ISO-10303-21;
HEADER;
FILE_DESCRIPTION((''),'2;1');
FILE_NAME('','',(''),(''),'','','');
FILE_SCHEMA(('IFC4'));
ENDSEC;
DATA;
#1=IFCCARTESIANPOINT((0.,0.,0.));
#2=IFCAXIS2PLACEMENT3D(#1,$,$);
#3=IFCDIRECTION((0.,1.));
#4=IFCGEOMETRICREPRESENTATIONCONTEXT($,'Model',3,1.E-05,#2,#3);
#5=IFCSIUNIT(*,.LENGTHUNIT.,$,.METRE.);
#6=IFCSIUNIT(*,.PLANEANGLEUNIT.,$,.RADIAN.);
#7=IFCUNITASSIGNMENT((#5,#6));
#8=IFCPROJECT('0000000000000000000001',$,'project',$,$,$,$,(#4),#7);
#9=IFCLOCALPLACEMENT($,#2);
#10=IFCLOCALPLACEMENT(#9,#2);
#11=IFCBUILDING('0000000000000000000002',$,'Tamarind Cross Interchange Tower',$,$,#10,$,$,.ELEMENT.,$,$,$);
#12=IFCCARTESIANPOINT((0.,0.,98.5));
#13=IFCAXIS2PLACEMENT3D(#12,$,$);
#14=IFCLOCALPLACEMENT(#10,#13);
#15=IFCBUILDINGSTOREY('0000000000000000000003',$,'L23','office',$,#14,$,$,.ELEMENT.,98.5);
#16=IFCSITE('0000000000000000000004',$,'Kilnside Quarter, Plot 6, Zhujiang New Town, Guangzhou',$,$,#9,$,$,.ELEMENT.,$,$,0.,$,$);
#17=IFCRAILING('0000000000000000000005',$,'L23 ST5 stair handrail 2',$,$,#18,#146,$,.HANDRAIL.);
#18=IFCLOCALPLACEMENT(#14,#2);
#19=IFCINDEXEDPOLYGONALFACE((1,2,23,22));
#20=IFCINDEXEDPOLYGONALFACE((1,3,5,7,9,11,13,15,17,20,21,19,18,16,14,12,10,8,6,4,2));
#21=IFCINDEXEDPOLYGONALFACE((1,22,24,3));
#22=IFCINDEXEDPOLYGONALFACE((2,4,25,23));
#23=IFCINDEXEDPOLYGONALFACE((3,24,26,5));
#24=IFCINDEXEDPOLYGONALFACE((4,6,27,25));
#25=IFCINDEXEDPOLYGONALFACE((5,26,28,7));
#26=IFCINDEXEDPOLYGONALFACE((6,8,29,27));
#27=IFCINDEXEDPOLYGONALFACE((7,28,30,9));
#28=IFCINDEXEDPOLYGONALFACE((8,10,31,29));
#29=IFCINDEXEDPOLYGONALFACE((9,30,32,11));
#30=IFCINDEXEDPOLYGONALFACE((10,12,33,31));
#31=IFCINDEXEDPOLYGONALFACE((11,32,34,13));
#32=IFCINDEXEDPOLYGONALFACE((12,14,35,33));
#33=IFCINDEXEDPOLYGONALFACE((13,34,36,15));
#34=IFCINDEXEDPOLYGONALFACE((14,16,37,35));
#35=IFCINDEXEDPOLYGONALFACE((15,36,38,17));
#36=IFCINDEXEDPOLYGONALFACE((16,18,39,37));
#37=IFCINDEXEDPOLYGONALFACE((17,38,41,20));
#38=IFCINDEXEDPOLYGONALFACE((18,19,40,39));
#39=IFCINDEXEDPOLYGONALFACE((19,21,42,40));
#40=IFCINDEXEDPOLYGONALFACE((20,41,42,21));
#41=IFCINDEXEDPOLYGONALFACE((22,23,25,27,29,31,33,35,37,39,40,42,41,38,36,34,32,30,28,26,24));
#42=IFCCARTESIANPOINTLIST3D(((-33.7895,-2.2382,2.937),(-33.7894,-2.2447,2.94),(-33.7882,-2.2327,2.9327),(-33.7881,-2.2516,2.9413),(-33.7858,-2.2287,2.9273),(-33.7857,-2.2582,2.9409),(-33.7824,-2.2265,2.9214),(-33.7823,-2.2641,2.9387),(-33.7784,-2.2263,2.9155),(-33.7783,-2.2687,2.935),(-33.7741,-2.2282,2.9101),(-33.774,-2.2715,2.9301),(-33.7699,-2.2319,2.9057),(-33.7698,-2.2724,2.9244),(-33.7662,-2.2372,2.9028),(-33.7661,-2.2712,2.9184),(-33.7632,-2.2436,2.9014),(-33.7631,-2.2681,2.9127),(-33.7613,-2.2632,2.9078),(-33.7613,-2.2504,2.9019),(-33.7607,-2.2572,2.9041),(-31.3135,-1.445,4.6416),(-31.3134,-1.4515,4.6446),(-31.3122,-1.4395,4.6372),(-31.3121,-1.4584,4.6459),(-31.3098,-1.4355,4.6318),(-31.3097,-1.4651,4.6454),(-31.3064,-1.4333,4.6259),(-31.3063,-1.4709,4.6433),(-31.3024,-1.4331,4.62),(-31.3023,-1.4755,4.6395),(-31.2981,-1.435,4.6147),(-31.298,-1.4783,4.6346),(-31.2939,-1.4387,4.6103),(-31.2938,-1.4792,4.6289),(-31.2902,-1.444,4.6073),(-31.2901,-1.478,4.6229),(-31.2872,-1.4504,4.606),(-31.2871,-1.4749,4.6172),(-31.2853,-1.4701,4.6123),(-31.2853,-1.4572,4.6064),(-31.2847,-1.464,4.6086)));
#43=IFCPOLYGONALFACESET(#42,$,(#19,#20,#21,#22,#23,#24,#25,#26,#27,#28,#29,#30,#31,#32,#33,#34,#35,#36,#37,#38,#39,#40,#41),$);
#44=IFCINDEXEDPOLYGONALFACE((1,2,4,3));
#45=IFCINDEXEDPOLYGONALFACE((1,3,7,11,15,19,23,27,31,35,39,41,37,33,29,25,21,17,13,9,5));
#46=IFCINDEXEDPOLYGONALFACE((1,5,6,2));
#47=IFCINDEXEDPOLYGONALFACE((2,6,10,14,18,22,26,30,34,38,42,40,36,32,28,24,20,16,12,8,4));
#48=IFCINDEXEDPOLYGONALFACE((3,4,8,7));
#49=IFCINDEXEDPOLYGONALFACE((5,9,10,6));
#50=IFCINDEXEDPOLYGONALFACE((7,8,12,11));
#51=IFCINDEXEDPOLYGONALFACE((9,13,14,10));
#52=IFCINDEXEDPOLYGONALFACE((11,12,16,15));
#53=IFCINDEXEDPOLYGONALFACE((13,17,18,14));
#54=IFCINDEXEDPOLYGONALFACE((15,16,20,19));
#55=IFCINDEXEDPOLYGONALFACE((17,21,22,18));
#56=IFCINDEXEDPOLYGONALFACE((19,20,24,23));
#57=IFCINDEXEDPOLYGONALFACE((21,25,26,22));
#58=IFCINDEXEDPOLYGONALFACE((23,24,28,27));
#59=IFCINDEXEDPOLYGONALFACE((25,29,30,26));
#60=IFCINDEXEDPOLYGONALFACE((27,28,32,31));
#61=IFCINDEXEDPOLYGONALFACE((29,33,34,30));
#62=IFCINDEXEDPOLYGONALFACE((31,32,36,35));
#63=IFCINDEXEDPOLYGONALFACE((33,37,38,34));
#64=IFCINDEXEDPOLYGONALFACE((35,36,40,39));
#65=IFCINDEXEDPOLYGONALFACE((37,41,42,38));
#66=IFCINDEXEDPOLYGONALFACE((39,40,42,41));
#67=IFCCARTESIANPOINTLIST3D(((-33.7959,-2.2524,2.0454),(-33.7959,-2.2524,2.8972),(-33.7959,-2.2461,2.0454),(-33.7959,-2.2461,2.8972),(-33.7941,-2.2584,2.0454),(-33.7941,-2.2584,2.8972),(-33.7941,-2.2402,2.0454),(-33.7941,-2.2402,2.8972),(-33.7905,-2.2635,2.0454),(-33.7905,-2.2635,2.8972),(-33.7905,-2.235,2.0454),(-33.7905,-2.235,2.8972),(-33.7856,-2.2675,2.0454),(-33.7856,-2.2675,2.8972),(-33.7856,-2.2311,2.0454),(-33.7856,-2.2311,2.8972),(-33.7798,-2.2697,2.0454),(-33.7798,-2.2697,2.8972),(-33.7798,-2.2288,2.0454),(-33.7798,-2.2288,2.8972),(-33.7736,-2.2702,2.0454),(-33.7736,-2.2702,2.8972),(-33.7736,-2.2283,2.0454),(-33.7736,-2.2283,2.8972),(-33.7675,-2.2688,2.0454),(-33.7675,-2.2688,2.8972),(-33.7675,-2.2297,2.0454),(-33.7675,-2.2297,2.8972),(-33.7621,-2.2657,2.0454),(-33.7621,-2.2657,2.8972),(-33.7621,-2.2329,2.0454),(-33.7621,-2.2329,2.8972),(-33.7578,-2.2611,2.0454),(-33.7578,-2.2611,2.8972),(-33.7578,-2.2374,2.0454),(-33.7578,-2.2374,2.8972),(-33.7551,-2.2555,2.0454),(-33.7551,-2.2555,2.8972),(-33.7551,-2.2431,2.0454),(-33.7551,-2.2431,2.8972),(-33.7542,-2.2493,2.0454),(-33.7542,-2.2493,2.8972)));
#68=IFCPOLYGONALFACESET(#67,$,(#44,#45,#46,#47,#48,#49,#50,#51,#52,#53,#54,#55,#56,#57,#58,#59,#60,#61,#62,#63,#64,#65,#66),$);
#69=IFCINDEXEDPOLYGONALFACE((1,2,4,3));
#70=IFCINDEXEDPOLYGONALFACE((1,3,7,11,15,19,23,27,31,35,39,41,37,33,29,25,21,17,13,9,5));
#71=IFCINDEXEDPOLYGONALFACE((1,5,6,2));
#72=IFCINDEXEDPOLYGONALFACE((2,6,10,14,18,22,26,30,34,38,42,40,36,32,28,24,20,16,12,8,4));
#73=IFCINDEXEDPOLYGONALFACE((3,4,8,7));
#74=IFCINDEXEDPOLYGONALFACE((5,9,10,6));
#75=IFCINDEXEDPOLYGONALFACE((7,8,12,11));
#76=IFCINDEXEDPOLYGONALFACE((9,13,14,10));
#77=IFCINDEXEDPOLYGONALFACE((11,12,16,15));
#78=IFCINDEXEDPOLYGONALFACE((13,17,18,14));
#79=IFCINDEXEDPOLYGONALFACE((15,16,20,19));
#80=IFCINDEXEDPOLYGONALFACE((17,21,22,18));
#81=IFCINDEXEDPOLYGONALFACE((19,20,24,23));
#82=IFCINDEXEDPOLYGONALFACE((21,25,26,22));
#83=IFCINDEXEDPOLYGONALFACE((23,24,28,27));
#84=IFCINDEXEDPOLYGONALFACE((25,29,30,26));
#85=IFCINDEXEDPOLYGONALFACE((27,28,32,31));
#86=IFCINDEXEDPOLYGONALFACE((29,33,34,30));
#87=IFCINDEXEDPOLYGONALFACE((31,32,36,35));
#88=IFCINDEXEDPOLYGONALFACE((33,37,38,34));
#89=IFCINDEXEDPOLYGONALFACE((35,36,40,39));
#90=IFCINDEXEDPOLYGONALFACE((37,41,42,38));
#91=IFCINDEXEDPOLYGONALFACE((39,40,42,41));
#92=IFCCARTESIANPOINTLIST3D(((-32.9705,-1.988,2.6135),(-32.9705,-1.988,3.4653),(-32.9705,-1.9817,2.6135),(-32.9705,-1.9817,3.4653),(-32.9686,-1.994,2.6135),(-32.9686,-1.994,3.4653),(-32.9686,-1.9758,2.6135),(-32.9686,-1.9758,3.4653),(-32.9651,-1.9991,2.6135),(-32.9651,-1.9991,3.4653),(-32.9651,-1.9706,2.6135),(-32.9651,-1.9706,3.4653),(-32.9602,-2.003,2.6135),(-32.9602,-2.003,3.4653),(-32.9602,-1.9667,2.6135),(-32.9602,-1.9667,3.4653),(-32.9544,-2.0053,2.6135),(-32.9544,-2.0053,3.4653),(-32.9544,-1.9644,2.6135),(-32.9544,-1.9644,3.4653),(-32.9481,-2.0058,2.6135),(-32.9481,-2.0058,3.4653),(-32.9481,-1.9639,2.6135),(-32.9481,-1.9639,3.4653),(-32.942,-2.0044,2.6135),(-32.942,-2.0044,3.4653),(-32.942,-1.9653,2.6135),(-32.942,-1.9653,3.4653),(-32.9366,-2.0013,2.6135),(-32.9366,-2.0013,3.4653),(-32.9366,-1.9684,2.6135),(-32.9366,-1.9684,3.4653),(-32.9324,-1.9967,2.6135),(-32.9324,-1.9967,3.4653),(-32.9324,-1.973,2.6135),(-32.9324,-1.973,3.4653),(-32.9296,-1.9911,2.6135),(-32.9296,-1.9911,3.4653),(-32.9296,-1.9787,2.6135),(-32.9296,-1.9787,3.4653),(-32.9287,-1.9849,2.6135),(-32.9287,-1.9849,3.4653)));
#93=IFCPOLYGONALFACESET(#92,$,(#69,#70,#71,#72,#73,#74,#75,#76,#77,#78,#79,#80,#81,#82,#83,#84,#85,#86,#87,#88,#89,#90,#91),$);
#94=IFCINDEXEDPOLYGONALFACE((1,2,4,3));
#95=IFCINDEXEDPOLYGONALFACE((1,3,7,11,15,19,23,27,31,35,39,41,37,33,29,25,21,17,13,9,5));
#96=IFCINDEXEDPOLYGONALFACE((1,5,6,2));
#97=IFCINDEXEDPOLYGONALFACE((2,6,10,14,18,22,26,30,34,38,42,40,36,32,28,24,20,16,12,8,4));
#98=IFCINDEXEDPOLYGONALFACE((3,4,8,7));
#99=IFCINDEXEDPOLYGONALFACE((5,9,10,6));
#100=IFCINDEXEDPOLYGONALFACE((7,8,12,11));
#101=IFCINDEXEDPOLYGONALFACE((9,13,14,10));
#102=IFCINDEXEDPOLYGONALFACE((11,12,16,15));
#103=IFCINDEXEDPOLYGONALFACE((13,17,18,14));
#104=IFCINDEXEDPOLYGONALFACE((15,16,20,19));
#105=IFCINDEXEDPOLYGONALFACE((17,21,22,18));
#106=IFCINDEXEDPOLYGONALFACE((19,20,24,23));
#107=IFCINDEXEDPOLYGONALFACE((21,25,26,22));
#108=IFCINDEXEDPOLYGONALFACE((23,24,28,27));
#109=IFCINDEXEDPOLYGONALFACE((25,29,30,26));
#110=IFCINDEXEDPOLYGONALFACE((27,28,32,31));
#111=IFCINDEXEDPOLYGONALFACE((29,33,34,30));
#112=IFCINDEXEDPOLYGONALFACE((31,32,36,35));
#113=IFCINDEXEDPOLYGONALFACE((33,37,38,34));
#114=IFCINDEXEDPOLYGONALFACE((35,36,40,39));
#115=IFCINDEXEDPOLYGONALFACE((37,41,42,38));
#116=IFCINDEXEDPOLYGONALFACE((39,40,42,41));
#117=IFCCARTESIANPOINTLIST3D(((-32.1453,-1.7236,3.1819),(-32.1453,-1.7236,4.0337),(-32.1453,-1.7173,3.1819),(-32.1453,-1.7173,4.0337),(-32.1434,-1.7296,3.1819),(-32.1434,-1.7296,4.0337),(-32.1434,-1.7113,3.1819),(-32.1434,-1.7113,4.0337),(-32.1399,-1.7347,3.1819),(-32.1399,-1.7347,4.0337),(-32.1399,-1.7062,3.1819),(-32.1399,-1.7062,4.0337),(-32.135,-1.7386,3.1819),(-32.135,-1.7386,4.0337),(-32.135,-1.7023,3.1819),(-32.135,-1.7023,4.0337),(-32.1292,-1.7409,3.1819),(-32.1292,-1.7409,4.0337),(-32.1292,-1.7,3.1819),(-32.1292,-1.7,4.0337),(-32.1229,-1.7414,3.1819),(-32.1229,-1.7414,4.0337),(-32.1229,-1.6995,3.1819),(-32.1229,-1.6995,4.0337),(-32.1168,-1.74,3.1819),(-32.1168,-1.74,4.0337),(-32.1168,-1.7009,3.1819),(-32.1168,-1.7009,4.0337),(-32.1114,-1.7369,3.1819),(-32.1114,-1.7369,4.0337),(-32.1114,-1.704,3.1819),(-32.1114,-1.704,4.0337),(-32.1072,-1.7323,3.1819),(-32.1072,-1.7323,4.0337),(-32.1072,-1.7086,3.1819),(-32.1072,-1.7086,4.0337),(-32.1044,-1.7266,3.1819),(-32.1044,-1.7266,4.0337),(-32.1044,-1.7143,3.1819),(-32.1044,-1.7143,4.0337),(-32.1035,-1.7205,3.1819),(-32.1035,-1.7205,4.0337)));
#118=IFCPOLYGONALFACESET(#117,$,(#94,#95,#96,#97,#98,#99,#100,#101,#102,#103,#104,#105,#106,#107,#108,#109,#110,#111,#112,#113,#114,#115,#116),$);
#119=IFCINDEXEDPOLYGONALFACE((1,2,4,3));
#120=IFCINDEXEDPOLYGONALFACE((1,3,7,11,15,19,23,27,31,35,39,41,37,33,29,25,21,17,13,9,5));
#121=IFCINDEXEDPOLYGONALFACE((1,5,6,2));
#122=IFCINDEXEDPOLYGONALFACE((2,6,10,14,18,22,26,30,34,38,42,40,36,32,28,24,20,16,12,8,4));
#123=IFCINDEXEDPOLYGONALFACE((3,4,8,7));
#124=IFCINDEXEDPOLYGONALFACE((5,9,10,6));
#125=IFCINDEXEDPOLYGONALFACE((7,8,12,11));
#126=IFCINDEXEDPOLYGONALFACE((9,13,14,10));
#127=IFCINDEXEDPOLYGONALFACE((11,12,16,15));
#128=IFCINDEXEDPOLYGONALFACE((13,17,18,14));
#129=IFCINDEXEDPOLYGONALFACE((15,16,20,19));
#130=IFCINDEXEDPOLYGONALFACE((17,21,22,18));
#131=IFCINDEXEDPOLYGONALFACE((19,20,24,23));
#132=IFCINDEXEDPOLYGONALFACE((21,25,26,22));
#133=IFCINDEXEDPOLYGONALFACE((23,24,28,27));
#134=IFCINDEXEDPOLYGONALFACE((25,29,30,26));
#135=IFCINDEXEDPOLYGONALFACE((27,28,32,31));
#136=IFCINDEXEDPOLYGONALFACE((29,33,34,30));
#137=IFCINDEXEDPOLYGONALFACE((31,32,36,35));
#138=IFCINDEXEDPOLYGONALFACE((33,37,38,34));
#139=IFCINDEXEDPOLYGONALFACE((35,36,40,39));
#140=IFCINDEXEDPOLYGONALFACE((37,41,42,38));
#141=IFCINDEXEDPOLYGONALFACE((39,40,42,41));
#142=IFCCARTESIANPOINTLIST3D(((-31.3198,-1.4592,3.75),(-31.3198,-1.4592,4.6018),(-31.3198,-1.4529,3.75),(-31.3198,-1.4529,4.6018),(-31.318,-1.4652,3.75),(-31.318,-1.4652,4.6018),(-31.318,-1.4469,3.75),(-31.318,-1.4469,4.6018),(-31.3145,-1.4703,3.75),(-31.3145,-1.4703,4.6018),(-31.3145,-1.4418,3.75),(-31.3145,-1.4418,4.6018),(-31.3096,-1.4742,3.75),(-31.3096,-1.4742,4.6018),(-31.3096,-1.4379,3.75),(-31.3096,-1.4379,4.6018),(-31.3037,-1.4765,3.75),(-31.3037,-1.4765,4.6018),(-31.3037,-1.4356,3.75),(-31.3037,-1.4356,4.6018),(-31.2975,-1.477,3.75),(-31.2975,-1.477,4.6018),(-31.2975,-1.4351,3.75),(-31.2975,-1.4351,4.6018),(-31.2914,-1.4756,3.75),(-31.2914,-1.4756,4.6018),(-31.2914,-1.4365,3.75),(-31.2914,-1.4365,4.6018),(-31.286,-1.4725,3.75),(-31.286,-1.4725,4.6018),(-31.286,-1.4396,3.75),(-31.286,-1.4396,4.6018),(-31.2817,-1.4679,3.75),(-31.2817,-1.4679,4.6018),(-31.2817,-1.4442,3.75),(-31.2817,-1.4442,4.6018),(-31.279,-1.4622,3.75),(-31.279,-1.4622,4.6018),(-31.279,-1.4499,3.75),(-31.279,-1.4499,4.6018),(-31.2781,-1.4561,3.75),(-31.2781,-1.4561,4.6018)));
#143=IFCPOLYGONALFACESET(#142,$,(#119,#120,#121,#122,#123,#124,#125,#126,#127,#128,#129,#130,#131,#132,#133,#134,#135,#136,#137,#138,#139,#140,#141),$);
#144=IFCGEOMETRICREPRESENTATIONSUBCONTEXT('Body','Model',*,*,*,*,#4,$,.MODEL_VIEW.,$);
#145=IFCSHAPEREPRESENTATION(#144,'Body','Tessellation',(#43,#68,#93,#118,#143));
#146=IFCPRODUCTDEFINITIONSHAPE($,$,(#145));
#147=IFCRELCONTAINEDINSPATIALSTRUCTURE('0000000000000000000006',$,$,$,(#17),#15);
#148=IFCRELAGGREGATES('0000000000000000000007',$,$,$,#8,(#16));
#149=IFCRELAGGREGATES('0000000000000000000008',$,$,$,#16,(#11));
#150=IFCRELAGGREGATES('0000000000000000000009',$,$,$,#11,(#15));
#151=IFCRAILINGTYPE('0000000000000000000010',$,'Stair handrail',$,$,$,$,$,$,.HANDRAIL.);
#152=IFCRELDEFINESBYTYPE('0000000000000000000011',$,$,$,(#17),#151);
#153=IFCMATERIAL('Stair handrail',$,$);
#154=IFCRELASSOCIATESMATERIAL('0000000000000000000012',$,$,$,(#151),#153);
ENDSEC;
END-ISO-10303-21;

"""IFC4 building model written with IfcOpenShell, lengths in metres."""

from ifc_helpers import new_model, si_unit, direction, frame, origin, origin_2d, place, context, subcontext, project, spatial, circle, extrude, material, type_object, element, save


model = new_model("IFC4")

# Units and contexts
model_context = context("Model", 3, precision=1e-05, world=origin(), true_north=direction((0.0, 1.0)))
body_context = subcontext(model_context, "Body", "Model", "MODEL_VIEW")
ifc_project = project(units=[si_unit("LENGTHUNIT", "METRE"), si_unit("PLANEANGLEUNIT", "RADIAN")], contexts=[model_context])

# Site, building, storey
site_placement = place(None, origin())
site = spatial("IfcSite", under=ifc_project, at=site_placement, Name="Kilnside Quarter, Plot 6, Zhujiang New Town, Guangzhou", CompositionType="ELEMENT", RefElevation=0.0)
building_placement = place(site_placement, origin())
building = spatial("IfcBuilding", under=site, at=building_placement, Name="Tamarind Cross Interchange Tower", CompositionType="ELEMENT")
storey_placement = place(building_placement, frame((0.0, 0.0, 98.5)))
storey = spatial("IfcBuildingStorey", under=building, at=storey_placement, Name="L23", Description="office", CompositionType="ELEMENT", Elevation=98.5)

# Railing
ifc_material_1 = material(Name="Stair handrail")
railing_type_1 = type_object("IfcRailingType", Name="Stair handrail", PredefinedType="HANDRAIL", material=ifc_material_1)
railing_1_placement = place(storey_placement, frame((-33.7751, -2.2493, 2.0454)))
element("IfcRailing", 1, at=railing_1_placement, inside=storey, type_object=railing_type_1, Name="L23 ST5 stair handrail 2", PredefinedType="HANDRAIL", context=body_context, shape_type="SweptSolid", body=[
    extrude(circle(Radius=0.0239, at=origin_2d()), frame((0.0, 0.0, 0.876), z_axis=(0.796427, 0.255136, 0.548279), x_axis=(-0.305079, 0.952327, 0.0)), (0.0, 0.0, 1.0), 3.1089),
    extrude(circle(Radius=0.021, at=origin_2d()), origin(), (0.0, 0.0, 1.0), 0.8518),
    extrude(circle(Radius=0.021, at=origin_2d()), frame((0.8254, 0.2644, 0.5681)), (0.0, 0.0, 1.0), 0.8518),
    extrude(circle(Radius=0.021, at=origin_2d()), frame((1.6506, 0.5288, 1.1365)), (0.0, 0.0, 1.0), 0.8518),
    extrude(circle(Radius=0.021, at=origin_2d()), frame((2.4761, 0.7932, 1.7046)), (0.0, 0.0, 1.0), 0.8518),
])

save(model, "model.ifc")
